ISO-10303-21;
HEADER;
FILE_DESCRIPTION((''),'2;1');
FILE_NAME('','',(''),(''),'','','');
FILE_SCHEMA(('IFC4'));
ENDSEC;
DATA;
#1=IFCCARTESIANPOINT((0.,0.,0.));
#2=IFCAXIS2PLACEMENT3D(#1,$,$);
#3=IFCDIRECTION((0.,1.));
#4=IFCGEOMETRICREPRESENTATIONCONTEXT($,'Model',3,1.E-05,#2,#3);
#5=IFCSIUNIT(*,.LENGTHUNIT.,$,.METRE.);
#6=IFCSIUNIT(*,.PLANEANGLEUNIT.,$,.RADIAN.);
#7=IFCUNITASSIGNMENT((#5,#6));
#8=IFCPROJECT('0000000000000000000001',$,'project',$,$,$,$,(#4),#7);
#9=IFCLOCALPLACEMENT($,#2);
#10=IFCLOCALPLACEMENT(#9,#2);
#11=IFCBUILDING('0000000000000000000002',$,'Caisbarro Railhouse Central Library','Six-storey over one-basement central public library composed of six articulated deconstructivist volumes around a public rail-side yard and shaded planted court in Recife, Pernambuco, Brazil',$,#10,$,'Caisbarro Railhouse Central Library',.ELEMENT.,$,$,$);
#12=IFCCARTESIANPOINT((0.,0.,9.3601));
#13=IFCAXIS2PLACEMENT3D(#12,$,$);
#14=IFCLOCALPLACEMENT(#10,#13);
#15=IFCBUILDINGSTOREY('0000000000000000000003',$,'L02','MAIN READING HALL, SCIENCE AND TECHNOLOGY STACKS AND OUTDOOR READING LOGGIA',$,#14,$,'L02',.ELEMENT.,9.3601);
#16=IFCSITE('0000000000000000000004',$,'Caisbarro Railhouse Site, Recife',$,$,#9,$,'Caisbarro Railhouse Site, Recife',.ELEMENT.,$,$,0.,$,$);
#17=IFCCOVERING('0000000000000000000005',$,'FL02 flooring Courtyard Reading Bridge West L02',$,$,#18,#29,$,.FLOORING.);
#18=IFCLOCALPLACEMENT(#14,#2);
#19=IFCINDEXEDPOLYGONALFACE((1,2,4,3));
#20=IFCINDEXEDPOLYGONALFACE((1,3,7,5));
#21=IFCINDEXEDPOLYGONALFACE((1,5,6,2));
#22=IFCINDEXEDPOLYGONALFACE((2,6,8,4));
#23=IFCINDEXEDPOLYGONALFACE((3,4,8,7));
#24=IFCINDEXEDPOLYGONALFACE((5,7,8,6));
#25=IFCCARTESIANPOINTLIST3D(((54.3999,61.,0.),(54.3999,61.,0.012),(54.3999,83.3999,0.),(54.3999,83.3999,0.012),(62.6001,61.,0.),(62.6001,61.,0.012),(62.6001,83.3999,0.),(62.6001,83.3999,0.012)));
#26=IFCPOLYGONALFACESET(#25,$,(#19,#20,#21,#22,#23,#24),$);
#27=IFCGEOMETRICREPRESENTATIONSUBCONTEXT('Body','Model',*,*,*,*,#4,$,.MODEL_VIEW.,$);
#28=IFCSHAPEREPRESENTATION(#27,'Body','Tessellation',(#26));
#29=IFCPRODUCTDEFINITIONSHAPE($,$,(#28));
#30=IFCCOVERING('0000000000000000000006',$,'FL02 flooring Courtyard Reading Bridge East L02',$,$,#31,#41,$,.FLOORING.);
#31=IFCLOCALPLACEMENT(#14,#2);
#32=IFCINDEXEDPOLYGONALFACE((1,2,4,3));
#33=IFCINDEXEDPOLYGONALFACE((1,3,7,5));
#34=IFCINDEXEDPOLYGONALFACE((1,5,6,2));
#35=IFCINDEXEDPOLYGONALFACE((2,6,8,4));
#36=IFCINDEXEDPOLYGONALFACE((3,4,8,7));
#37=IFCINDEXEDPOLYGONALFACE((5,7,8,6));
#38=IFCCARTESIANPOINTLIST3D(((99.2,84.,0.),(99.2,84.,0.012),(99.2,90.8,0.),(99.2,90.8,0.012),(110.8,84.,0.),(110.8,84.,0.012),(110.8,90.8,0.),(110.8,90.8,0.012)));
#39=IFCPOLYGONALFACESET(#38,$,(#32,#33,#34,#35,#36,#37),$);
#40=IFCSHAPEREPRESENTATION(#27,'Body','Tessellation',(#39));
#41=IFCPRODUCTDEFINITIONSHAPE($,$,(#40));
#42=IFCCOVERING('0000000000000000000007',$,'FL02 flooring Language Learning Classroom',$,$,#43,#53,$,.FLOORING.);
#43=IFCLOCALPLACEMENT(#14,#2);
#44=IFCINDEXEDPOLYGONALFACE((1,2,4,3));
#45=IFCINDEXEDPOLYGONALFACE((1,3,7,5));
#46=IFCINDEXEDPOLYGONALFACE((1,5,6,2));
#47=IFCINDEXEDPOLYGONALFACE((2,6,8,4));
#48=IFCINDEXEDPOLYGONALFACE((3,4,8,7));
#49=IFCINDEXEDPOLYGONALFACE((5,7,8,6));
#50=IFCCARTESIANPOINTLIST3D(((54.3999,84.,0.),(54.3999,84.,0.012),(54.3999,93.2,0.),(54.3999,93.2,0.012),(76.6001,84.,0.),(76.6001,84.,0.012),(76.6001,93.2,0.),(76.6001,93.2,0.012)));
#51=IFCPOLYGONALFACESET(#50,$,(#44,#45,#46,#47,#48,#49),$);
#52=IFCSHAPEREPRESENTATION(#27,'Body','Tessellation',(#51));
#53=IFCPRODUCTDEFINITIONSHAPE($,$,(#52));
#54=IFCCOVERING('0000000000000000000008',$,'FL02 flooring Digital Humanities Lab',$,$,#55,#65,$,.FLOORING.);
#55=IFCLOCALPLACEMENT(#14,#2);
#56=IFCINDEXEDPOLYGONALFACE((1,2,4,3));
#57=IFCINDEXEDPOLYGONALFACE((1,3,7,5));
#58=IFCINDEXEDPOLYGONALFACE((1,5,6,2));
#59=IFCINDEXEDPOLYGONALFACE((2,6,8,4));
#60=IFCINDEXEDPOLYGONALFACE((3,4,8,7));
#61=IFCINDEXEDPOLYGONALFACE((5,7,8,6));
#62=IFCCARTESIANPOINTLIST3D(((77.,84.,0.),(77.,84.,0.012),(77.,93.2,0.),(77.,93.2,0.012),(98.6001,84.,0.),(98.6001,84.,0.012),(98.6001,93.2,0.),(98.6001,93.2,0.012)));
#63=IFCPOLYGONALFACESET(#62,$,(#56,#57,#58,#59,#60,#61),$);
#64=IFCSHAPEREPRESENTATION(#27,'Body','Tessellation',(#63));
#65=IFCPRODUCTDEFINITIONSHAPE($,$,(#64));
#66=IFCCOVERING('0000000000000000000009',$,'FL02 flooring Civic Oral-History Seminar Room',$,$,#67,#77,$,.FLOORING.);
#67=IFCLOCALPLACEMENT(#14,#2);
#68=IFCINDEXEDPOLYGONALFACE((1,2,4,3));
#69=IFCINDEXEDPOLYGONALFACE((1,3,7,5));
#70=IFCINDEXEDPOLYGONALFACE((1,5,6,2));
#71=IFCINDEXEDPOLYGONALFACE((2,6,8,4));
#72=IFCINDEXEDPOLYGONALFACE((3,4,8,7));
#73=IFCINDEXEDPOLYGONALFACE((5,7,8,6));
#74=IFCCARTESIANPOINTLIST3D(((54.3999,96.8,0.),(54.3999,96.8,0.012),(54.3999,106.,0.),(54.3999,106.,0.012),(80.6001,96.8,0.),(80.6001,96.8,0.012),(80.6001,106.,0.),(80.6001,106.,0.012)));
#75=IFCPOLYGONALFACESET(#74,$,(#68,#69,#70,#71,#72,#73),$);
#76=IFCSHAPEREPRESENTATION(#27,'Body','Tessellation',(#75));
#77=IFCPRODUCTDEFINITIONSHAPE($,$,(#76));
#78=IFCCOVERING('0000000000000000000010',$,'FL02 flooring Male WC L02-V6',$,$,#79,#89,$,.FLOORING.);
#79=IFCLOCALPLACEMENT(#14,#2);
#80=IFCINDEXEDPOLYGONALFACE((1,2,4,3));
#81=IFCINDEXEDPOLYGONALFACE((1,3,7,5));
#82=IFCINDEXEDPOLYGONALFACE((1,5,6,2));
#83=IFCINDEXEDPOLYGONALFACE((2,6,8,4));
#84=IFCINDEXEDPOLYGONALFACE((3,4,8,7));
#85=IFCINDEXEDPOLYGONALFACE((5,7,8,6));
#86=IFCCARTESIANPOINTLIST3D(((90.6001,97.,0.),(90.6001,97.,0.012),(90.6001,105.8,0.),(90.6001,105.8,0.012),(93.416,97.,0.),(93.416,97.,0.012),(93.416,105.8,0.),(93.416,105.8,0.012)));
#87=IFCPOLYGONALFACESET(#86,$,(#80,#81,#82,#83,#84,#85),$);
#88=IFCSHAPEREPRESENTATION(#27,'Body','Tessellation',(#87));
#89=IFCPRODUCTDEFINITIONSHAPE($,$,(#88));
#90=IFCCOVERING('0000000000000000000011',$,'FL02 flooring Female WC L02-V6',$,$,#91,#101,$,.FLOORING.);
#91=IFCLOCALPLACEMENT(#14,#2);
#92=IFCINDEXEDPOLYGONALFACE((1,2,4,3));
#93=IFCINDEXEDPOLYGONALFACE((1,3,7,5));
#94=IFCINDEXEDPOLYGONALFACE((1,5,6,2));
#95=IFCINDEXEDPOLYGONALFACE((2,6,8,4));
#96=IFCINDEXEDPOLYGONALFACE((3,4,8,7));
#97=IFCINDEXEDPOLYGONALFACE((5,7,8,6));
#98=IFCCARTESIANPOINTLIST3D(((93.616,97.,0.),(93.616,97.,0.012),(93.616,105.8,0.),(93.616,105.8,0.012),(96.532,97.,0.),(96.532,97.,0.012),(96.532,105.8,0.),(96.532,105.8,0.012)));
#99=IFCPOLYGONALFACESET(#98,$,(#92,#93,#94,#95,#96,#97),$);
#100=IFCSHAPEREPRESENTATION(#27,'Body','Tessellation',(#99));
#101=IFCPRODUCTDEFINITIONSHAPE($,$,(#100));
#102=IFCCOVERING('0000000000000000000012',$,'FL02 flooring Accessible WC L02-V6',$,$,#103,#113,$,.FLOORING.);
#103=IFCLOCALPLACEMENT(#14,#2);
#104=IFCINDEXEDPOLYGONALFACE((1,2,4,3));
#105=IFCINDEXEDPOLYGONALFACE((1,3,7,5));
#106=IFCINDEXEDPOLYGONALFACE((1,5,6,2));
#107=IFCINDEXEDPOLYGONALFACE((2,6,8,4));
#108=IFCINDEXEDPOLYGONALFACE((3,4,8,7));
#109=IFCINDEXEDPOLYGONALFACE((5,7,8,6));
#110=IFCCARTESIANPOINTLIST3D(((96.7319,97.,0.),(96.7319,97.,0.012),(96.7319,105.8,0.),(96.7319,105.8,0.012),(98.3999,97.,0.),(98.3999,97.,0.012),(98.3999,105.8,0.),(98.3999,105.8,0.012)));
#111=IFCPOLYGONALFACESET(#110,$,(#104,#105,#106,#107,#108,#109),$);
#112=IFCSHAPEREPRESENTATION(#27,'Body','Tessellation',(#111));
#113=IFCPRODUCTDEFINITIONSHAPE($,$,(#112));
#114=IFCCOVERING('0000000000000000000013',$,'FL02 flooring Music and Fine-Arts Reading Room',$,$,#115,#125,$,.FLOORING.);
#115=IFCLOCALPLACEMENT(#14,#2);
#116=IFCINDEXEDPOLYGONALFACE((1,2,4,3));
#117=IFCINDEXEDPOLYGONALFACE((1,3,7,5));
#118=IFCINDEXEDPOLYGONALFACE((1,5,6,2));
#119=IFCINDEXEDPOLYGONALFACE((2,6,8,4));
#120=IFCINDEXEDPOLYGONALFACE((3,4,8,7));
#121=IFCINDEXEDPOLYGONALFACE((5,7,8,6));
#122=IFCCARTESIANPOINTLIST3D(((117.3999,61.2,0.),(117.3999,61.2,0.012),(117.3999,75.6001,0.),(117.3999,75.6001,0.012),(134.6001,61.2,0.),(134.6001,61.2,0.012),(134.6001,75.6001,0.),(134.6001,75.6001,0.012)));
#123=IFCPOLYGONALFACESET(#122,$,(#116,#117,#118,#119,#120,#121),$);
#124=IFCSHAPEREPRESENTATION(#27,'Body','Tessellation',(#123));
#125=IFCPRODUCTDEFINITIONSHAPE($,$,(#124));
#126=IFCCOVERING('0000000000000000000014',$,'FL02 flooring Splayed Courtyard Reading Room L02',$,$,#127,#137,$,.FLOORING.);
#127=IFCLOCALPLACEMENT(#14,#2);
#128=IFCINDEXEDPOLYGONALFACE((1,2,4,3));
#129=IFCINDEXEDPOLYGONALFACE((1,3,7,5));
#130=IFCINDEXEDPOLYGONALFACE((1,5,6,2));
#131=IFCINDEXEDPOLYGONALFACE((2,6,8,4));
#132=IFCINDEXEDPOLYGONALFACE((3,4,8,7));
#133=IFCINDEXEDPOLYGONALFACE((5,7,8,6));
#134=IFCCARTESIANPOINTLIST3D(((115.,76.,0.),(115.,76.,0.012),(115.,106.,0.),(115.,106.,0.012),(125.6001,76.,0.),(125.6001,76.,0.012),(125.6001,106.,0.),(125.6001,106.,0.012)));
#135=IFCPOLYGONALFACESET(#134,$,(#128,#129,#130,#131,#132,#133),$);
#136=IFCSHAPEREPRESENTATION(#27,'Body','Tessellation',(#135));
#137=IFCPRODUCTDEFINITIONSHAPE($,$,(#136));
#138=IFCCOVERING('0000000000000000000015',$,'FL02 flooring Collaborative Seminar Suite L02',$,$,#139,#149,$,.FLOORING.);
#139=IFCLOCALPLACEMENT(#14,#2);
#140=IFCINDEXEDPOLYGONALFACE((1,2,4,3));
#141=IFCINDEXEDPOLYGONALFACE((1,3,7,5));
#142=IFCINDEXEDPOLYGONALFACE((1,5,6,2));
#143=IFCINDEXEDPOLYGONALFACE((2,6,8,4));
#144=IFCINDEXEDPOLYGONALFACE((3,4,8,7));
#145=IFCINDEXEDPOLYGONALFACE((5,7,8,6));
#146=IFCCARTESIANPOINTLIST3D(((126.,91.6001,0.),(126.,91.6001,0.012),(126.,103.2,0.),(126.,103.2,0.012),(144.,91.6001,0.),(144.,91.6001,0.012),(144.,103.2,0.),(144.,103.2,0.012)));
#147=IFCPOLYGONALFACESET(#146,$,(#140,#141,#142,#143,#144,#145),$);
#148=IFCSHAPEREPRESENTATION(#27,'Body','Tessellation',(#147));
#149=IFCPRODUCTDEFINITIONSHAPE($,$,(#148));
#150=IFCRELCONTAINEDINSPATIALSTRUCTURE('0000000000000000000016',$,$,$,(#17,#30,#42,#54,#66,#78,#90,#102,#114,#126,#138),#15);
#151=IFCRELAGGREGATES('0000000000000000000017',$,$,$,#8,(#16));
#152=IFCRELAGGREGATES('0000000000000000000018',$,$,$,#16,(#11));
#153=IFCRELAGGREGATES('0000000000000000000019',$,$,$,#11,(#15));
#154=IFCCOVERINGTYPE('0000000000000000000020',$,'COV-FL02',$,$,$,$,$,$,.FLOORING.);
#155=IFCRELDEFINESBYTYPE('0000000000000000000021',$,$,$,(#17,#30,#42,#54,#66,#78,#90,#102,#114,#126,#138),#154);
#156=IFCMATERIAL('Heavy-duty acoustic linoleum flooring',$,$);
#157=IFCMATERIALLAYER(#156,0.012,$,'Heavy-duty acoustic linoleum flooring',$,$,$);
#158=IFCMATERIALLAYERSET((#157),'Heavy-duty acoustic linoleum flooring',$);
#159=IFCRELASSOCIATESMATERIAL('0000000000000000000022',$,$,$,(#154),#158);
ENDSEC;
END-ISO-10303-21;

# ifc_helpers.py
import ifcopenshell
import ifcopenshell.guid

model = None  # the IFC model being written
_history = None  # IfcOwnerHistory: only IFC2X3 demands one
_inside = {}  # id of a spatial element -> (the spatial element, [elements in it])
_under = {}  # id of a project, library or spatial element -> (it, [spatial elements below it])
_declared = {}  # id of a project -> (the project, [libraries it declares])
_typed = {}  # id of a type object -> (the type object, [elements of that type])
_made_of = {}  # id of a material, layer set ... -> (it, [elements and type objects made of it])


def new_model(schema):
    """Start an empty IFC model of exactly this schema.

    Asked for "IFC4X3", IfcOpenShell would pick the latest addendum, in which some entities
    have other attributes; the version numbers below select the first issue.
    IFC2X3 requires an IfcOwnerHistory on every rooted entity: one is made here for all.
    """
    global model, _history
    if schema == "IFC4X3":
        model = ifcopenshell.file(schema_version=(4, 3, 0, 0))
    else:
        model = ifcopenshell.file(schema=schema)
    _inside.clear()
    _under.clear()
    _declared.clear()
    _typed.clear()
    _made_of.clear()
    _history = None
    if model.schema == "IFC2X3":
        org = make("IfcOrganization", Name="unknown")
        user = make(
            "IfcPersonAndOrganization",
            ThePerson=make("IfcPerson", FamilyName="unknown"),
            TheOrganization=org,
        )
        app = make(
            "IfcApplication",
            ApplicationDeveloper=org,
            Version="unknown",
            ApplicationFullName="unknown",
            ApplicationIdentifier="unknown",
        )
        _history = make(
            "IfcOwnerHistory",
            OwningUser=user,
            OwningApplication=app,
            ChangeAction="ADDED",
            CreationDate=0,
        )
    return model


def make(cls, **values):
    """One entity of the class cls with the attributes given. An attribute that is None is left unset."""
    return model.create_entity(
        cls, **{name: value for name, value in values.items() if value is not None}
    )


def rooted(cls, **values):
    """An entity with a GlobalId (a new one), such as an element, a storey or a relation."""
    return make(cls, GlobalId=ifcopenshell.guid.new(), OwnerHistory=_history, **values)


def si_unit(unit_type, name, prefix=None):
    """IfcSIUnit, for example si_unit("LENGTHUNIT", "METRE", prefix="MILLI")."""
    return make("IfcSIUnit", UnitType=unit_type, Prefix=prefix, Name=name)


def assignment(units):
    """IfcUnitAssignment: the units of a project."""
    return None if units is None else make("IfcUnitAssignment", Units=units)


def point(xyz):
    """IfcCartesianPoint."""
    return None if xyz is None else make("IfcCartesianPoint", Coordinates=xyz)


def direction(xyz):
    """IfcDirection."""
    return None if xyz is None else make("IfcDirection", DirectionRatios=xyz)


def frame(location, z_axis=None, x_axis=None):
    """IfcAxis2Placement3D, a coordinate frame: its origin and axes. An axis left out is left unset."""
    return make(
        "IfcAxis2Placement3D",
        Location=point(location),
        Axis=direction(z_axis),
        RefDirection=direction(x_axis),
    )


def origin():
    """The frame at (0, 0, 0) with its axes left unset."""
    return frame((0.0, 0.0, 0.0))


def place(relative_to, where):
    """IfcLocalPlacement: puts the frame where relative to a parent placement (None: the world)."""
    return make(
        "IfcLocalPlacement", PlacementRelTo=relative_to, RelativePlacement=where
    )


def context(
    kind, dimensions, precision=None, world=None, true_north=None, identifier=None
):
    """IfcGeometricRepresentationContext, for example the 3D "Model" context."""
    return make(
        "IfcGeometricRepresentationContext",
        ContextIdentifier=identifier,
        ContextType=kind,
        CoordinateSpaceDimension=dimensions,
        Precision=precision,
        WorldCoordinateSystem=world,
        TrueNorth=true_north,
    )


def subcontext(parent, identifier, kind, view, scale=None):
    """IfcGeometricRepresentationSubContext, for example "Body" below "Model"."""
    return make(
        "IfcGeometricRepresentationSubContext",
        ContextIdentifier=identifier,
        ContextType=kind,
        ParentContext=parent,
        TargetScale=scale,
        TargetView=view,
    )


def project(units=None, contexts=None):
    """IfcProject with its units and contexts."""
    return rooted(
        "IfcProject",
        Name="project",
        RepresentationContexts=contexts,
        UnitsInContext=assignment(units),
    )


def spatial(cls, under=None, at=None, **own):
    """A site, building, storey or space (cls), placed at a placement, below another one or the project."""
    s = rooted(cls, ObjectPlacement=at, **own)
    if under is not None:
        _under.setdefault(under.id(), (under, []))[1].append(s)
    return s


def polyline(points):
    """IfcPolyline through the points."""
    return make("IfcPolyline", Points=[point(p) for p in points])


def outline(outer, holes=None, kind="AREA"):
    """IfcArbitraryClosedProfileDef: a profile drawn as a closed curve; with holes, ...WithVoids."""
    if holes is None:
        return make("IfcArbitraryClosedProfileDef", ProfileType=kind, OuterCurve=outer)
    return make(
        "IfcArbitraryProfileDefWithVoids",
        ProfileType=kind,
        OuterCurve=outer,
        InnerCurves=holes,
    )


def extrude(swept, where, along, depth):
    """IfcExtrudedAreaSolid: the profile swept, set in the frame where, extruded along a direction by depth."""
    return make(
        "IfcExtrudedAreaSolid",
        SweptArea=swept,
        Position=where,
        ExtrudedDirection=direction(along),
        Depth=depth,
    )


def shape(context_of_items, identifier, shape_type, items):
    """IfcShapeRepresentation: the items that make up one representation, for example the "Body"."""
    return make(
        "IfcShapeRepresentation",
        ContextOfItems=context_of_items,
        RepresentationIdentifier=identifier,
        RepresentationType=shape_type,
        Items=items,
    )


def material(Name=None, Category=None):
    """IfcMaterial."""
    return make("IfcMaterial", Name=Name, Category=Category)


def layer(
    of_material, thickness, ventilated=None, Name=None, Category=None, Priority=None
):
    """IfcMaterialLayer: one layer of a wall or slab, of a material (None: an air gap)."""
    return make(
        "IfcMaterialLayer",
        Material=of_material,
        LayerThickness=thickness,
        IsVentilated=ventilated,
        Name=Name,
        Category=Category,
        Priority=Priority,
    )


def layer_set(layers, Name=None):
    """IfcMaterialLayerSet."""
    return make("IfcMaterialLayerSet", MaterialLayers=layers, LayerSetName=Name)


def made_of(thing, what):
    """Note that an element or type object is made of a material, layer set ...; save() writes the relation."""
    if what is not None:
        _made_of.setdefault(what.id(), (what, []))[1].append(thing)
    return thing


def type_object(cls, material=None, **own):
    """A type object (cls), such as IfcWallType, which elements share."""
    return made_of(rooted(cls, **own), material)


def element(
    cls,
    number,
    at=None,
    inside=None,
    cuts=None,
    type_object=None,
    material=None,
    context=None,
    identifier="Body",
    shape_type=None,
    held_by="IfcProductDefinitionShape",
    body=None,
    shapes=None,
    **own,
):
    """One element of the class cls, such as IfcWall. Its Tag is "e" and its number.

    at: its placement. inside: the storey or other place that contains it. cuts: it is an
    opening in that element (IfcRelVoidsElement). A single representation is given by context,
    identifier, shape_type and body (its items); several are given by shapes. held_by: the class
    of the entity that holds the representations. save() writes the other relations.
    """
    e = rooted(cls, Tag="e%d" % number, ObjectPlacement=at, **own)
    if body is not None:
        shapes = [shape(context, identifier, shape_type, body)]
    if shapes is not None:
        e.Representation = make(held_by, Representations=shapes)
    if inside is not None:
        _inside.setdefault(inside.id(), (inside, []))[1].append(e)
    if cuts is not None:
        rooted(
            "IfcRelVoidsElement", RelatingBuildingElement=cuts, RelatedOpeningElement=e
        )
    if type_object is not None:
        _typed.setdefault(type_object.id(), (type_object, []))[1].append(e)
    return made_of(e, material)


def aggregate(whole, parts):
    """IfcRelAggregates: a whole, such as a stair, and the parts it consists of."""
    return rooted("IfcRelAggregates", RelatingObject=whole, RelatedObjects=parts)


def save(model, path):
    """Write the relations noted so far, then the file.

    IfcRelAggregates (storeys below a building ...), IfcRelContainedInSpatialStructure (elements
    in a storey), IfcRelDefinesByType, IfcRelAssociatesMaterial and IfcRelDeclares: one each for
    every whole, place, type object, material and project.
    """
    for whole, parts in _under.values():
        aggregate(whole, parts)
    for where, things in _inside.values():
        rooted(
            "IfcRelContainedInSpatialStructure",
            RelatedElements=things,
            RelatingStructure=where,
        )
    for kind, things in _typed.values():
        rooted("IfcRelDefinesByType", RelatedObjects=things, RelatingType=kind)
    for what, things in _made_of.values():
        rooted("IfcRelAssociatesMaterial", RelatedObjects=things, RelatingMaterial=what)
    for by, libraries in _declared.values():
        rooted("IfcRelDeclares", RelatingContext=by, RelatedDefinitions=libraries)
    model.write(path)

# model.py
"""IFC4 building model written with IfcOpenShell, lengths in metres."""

from ifc_helpers import new_model, si_unit, direction, frame, origin, place, context, subcontext, project, spatial, polyline, outline, extrude, material, layer, layer_set, type_object, element, save


model = new_model("IFC4")

# Units and contexts
model_context = context("Model", 3, precision=1e-05, world=origin(), true_north=direction((0.0, 1.0)))
body_context = subcontext(model_context, "Body", "Model", "MODEL_VIEW")
ifc_project = project(units=[si_unit("LENGTHUNIT", "METRE"), si_unit("PLANEANGLEUNIT", "RADIAN")], contexts=[model_context])

# Site, building, storey
site_placement = place(None, origin())
site = spatial("IfcSite", under=ifc_project, at=site_placement, Name="Caisbarro Railhouse Site, Recife", LongName="Caisbarro Railhouse Site, Recife", CompositionType="ELEMENT", RefElevation=0.0)
building_placement = place(site_placement, origin())
building = spatial("IfcBuilding", under=site, at=building_placement, Name="Caisbarro Railhouse Central Library", Description="Six-storey over one-basement central public library composed of six articulated deconstructivist volumes around a public rail-side yard and shaded planted court in Recife, Pernambuco, Brazil", LongName="Caisbarro Railhouse Central Library", CompositionType="ELEMENT")
storey_placement = place(building_placement, frame((0.0, 0.0, 9.3601)))
storey = spatial("IfcBuildingStorey", under=building, at=storey_placement, Name="L02", Description="MAIN READING HALL, SCIENCE AND TECHNOLOGY STACKS AND OUTDOOR READING LOGGIA", LongName="L02", CompositionType="ELEMENT", Elevation=9.3601)

# Coverings
ifc_material_1 = material(Name="Heavy-duty acoustic linoleum flooring")
ifc_layer_1 = layer(ifc_material_1, 0.012, Name="Heavy-duty acoustic linoleum flooring")
ifc_layer_set_1 = layer_set([ifc_layer_1], Name="Heavy-duty acoustic linoleum flooring")
covering_type_1 = type_object("IfcCoveringType", Name="COV-FL02", PredefinedType="FLOORING", material=ifc_layer_set_1)
covering_1_placement = place(storey_placement, origin())
element("IfcCovering", 1, at=covering_1_placement, inside=storey, type_object=covering_type_1, Name="FL02 flooring Courtyard Reading Bridge West L02", PredefinedType="FLOORING", context=body_context, shape_type="SweptSolid", body=[
    extrude(outline(polyline([(54.3999, 61.0), (62.6001, 61.0), (62.6001, 83.3999), (54.3999, 83.3999), (54.3999, 61.0)])), origin(), (0.0, 0.0, 1.0), 0.012),
])
covering_2_placement = place(storey_placement, origin())
element("IfcCovering", 2, at=covering_2_placement, inside=storey, type_object=covering_type_1, Name="FL02 flooring Courtyard Reading Bridge East L02", PredefinedType="FLOORING", context=body_context, shape_type="SweptSolid", body=[
    extrude(outline(polyline([(99.2, 84.0), (110.8, 84.0), (110.8, 90.8), (99.2, 90.8), (99.2, 84.0)])), origin(), (0.0, 0.0, 1.0), 0.012),
])
covering_3_placement = place(storey_placement, origin())
element("IfcCovering", 3, at=covering_3_placement, inside=storey, type_object=covering_type_1, Name="FL02 flooring Language Learning Classroom", PredefinedType="FLOORING", context=body_context, shape_type="SweptSolid", body=[
    extrude(outline(polyline([(54.3999, 84.0), (76.6001, 84.0), (76.6001, 93.2), (54.3999, 93.2), (54.3999, 84.0)])), origin(), (0.0, 0.0, 1.0), 0.012),
])
covering_4_placement = place(storey_placement, origin())
element("IfcCovering", 4, at=covering_4_placement, inside=storey, type_object=covering_type_1, Name="FL02 flooring Digital Humanities Lab", PredefinedType="FLOORING", context=body_context, shape_type="SweptSolid", body=[
    extrude(outline(polyline([(77.0, 84.0), (98.6001, 84.0), (98.6001, 93.2), (77.0, 93.2), (77.0, 84.0)])), origin(), (0.0, 0.0, 1.0), 0.012),
])
covering_5_placement = place(storey_placement, origin())
element("IfcCovering", 5, at=covering_5_placement, inside=storey, type_object=covering_type_1, Name="FL02 flooring Civic Oral-History Seminar Room", PredefinedType="FLOORING", context=body_context, shape_type="SweptSolid", body=[
    extrude(outline(polyline([(54.3999, 96.8), (80.6001, 96.8), (80.6001, 106.0), (54.3999, 106.0), (54.3999, 96.8)])), origin(), (0.0, 0.0, 1.0), 0.012),
])
covering_6_placement = place(storey_placement, origin())
element("IfcCovering", 6, at=covering_6_placement, inside=storey, type_object=covering_type_1, Name="FL02 flooring Male WC L02-V6", PredefinedType="FLOORING", context=body_context, shape_type="SweptSolid", body=[
    extrude(outline(polyline([(90.6001, 97.0), (93.416, 97.0), (93.416, 105.8), (90.6001, 105.8), (90.6001, 97.0)])), origin(), (0.0, 0.0, 1.0), 0.012),
])
covering_7_placement = place(storey_placement, origin())
element("IfcCovering", 7, at=covering_7_placement, inside=storey, type_object=covering_type_1, Name="FL02 flooring Female WC L02-V6", PredefinedType="FLOORING", context=body_context, shape_type="SweptSolid", body=[
    extrude(outline(polyline([(93.616, 97.0), (96.532, 97.0), (96.532, 105.8), (93.616, 105.8), (93.616, 97.0)])), origin(), (0.0, 0.0, 1.0), 0.012),
])
covering_8_placement = place(storey_placement, origin())
element("IfcCovering", 8, at=covering_8_placement, inside=storey, type_object=covering_type_1, Name="FL02 flooring Accessible WC L02-V6", PredefinedType="FLOORING", context=body_context, shape_type="SweptSolid", body=[
    extrude(outline(polyline([(96.7319, 97.0), (98.3999, 97.0), (98.3999, 105.8), (96.7319, 105.8), (96.7319, 97.0)])), origin(), (0.0, 0.0, 1.0), 0.012),
])
covering_9_placement = place(storey_placement, origin())
element("IfcCovering", 9, at=covering_9_placement, inside=storey, type_object=covering_type_1, Name="FL02 flooring Music and Fine-Arts Reading Room", PredefinedType="FLOORING", context=body_context, shape_type="SweptSolid", body=[
    extrude(outline(polyline([(117.3999, 61.2), (134.6001, 61.2), (134.6001, 75.6001), (117.3999, 75.6001), (117.3999, 61.2)])), origin(), (0.0, 0.0, 1.0), 0.012),
])
covering_10_placement = place(storey_placement, origin())
element("IfcCovering", 10, at=covering_10_placement, inside=storey, type_object=covering_type_1, Name="FL02 flooring Splayed Courtyard Reading Room L02", PredefinedType="FLOORING", context=body_context, shape_type="SweptSolid", body=[
    extrude(outline(polyline([(115.0, 76.0), (125.6001, 76.0), (125.6001, 106.0), (115.0, 106.0), (115.0, 76.0)])), origin(), (0.0, 0.0, 1.0), 0.012),
])
covering_11_placement = place(storey_placement, origin())
element("IfcCovering", 11, at=covering_11_placement, inside=storey, type_object=covering_type_1, Name="FL02 flooring Collaborative Seminar Suite L02", PredefinedType="FLOORING", context=body_context, shape_type="SweptSolid", body=[
    extrude(outline(polyline([(126.0, 91.6001), (144.0, 91.6001), (144.0, 103.2), (126.0, 103.2), (126.0, 91.6001)])), origin(), (0.0, 0.0, 1.0), 0.012),
])

save(model, "model.ifc")
